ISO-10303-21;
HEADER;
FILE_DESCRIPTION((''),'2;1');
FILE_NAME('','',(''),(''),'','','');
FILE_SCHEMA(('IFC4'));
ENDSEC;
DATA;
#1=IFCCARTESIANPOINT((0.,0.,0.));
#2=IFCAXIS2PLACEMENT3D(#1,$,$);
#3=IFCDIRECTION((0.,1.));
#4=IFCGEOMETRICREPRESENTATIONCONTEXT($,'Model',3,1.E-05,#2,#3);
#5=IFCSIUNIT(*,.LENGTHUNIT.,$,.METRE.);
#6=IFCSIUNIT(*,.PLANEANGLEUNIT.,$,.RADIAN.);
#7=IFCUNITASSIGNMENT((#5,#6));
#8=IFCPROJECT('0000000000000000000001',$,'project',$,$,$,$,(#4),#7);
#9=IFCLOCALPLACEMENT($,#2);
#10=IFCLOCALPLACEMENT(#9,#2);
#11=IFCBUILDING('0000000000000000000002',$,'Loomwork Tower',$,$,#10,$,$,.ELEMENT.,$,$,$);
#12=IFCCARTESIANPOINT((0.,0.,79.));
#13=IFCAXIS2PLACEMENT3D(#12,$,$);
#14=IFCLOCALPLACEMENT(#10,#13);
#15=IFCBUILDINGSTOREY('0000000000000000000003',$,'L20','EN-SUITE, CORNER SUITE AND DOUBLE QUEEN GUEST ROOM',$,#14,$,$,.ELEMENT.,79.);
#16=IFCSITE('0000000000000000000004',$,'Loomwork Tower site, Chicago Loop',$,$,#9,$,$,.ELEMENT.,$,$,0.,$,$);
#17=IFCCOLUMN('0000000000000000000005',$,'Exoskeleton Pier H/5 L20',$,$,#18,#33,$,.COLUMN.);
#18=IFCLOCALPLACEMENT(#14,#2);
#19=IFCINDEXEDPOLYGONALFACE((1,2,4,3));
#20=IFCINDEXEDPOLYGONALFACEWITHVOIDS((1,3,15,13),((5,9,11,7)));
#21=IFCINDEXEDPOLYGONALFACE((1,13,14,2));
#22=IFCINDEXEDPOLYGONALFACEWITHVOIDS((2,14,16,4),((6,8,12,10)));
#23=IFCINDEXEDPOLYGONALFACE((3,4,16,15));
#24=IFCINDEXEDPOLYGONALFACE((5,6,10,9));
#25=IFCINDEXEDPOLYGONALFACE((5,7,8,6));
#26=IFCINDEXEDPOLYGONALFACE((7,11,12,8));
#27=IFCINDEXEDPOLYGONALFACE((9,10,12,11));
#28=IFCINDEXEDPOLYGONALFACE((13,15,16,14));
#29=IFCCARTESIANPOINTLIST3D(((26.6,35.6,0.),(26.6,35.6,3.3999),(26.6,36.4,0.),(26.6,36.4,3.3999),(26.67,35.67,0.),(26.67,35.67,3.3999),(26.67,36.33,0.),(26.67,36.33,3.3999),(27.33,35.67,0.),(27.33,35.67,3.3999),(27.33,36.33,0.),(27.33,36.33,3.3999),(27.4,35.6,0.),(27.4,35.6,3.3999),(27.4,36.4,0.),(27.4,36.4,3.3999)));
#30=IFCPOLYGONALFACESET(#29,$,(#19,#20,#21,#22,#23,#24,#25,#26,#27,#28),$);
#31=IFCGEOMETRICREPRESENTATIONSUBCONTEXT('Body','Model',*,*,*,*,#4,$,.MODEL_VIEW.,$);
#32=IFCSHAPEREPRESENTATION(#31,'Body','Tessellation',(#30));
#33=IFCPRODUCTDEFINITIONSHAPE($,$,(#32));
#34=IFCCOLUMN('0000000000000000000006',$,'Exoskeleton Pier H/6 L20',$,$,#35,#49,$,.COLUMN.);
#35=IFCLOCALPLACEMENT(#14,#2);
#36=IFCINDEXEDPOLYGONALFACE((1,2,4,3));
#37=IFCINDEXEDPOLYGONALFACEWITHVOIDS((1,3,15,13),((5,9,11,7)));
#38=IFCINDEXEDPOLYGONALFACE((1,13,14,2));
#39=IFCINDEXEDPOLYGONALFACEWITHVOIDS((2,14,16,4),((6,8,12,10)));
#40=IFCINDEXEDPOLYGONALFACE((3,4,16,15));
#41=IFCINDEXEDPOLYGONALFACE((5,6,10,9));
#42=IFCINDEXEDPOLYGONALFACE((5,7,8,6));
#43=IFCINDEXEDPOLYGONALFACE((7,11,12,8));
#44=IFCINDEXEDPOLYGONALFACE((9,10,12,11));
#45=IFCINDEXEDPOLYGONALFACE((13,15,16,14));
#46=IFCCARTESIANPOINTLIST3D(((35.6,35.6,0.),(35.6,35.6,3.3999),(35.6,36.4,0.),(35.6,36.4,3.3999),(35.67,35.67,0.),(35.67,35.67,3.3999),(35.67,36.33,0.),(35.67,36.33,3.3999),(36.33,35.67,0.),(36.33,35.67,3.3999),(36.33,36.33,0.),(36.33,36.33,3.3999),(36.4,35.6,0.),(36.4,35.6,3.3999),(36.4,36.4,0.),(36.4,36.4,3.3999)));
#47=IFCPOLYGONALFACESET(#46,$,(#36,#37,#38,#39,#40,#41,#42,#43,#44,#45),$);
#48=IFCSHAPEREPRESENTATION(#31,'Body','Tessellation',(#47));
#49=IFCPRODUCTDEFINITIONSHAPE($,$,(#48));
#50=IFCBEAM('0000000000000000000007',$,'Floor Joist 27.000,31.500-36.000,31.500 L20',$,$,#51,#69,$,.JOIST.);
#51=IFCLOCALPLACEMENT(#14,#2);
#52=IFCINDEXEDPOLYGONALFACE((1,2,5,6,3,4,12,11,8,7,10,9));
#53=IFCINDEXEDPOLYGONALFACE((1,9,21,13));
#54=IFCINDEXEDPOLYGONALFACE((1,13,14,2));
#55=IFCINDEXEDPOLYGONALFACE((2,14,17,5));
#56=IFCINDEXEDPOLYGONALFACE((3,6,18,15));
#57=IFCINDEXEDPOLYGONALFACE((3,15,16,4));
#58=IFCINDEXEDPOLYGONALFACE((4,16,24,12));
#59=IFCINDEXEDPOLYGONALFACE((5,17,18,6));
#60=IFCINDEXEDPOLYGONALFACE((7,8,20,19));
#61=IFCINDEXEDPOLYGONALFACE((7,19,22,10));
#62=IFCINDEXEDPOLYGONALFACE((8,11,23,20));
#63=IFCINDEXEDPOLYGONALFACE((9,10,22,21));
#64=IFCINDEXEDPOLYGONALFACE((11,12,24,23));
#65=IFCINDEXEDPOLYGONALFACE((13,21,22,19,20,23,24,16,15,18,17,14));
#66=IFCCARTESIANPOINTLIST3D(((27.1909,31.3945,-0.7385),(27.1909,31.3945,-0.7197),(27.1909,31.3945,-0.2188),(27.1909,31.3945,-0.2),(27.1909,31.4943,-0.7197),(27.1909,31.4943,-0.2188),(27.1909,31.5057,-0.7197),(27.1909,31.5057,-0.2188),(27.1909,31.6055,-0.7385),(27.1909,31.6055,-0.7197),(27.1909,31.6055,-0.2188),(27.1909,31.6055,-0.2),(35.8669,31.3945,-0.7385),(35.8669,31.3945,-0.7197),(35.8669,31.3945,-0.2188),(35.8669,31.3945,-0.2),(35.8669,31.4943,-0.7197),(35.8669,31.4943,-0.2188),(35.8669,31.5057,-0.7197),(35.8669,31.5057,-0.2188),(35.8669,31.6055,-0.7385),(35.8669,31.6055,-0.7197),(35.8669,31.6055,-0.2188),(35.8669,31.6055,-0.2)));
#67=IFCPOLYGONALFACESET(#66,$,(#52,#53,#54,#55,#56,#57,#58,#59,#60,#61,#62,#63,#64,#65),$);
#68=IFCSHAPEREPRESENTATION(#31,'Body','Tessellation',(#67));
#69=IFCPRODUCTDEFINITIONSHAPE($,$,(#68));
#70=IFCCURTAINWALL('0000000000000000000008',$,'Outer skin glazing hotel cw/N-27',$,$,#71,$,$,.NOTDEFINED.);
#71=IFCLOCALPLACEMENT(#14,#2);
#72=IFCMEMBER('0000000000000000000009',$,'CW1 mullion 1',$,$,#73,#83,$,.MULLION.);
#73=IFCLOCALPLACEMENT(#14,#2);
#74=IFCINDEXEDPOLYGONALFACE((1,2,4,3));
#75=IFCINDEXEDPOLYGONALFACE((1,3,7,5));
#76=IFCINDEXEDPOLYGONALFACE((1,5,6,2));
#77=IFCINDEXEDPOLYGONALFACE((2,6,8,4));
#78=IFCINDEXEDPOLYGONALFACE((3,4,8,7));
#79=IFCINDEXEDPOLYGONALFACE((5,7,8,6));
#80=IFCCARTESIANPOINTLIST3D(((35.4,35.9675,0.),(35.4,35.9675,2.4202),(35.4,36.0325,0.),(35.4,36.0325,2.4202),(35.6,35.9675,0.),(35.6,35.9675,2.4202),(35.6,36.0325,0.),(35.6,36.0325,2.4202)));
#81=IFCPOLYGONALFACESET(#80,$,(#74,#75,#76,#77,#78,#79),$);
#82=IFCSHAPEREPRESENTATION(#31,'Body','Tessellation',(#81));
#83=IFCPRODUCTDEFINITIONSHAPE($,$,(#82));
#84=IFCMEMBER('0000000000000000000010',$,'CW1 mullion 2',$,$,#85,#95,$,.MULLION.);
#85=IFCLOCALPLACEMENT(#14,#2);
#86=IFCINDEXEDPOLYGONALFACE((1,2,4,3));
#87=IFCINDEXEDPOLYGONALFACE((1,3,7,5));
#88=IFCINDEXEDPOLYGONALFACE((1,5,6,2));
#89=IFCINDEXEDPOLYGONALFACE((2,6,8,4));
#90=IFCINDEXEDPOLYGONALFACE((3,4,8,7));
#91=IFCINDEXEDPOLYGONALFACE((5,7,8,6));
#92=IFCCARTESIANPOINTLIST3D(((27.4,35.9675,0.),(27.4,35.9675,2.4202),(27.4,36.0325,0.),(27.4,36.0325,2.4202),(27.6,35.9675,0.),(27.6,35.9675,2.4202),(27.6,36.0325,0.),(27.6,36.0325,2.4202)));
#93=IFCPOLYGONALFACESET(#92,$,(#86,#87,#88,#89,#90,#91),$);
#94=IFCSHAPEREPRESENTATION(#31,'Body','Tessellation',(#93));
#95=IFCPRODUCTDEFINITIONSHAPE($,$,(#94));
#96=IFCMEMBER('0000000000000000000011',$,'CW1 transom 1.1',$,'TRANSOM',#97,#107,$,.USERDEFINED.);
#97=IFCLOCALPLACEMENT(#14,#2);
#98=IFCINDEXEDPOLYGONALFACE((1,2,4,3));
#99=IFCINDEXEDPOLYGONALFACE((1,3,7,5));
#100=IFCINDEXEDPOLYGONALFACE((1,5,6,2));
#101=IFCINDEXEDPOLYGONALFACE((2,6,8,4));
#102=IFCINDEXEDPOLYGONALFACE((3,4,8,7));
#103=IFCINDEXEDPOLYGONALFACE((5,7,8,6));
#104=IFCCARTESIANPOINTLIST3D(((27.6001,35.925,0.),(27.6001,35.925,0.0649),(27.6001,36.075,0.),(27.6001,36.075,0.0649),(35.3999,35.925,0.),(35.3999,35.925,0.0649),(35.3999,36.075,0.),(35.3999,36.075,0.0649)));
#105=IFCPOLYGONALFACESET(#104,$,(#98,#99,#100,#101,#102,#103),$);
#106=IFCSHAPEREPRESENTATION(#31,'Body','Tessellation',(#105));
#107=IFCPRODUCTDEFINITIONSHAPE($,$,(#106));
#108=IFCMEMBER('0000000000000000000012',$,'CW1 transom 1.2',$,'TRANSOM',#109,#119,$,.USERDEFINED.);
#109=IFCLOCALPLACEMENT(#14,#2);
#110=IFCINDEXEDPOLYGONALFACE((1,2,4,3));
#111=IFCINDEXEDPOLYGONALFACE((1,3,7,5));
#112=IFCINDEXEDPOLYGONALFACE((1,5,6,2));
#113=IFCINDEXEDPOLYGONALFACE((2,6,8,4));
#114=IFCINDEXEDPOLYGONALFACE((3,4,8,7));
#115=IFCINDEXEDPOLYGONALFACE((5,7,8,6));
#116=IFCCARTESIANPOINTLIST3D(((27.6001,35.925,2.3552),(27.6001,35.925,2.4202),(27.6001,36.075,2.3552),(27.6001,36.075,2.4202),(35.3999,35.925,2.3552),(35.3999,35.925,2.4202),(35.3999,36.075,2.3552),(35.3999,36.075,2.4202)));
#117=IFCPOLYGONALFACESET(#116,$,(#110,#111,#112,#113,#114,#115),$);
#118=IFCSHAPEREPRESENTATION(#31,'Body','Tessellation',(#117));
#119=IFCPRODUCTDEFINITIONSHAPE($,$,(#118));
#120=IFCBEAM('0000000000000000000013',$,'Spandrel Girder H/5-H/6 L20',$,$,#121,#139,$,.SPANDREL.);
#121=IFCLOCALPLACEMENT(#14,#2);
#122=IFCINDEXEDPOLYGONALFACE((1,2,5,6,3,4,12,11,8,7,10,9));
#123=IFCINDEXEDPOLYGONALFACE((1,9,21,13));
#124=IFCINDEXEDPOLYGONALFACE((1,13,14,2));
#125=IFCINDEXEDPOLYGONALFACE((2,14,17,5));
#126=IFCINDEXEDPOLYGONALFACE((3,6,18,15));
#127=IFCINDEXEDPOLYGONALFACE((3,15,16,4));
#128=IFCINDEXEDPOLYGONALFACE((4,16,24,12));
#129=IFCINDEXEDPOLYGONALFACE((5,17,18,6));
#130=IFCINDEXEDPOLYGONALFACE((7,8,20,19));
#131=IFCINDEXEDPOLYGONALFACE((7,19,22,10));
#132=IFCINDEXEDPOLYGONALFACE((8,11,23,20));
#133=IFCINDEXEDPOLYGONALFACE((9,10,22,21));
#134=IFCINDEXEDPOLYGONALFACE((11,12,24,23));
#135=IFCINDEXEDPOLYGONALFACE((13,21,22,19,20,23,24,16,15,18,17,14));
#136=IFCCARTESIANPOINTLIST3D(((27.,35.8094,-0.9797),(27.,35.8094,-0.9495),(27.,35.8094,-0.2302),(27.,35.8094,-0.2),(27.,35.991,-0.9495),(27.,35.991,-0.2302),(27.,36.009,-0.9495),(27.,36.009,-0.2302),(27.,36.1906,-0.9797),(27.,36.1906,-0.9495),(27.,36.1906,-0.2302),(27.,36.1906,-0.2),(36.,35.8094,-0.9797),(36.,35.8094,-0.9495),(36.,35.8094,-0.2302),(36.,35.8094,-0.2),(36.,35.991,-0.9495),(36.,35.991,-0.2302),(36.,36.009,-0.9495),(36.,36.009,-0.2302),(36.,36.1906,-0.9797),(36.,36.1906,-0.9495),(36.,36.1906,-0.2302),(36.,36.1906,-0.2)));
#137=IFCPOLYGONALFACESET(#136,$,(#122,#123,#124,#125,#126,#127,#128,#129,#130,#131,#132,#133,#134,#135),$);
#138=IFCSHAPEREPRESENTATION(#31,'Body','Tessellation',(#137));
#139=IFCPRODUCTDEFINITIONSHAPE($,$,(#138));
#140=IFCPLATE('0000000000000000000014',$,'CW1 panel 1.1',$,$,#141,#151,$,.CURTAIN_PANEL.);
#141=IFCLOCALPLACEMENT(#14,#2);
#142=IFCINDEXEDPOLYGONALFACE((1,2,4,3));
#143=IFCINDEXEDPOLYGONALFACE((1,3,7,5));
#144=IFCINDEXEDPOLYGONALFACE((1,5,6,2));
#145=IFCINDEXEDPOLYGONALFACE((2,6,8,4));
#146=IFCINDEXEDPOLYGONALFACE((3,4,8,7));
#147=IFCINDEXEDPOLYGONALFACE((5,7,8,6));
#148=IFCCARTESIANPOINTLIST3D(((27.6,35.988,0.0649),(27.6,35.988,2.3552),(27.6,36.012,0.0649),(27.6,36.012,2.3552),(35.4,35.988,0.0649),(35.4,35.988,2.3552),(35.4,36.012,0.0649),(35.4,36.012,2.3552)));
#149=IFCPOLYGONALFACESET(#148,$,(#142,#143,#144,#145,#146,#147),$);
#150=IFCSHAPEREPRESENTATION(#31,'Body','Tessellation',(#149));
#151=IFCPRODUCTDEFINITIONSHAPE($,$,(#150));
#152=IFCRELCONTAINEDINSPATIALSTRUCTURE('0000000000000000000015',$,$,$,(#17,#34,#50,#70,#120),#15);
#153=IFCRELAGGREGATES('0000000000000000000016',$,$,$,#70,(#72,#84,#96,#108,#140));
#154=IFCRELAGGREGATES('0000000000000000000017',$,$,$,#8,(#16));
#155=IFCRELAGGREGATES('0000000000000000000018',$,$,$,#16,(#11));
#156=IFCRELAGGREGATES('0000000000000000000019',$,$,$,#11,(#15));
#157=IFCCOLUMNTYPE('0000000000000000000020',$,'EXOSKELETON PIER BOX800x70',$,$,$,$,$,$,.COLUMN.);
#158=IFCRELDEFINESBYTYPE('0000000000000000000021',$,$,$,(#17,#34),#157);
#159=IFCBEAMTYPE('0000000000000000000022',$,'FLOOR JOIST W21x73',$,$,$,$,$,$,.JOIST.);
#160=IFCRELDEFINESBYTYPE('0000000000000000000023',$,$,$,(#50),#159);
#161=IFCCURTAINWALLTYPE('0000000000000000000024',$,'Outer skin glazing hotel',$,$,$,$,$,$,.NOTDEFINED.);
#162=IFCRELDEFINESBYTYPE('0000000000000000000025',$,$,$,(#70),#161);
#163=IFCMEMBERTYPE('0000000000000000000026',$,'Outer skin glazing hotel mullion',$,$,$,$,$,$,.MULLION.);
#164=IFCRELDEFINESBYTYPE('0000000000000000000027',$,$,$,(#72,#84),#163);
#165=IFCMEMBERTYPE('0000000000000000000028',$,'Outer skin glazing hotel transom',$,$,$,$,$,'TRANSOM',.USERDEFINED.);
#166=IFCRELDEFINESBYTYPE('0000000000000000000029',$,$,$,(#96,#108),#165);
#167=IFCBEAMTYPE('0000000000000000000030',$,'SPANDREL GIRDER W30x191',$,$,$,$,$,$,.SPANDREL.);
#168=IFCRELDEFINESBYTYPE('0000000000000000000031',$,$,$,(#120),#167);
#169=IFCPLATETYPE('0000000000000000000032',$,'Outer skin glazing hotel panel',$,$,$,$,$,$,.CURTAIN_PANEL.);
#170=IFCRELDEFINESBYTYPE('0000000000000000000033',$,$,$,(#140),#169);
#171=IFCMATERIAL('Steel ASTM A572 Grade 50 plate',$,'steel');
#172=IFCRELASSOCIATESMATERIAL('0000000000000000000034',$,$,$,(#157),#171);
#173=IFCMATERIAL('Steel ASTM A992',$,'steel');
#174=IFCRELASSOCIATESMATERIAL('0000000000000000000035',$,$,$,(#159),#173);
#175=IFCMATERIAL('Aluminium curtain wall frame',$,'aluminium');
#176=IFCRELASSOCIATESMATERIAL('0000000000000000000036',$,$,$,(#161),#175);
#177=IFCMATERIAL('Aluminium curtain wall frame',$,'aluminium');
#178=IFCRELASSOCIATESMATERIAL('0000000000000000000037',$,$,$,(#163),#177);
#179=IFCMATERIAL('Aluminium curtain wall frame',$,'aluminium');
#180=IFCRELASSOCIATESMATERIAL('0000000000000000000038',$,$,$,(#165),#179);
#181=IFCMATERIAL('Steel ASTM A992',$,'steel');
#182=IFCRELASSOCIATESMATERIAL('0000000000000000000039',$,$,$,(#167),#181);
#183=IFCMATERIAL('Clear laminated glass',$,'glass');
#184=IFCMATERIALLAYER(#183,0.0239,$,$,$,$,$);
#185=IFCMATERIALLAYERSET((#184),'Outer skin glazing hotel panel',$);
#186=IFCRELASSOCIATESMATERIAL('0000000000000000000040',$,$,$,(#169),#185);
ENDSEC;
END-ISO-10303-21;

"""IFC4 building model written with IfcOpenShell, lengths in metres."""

from ifc_helpers import new_model, si_unit, direction, frame, origin, origin_2d, place, context, subcontext, project, spatial, rectangle, hollow_rectangle, i_section, extrude, material, layer, layer_set, material_profile, profile_set, type_object, element, aggregate, save


model = new_model("IFC4")

# Units and contexts
model_context = context("Model", 3, precision=1e-05, world=origin(), true_north=direction((0.0, 1.0)))
body_context = subcontext(model_context, "Body", "Model", "MODEL_VIEW")
ifc_project = project(units=[si_unit("LENGTHUNIT", "METRE"), si_unit("PLANEANGLEUNIT", "RADIAN")], contexts=[model_context])

# Site, building, storey
site_placement = place(None, origin())
site = spatial("IfcSite", under=ifc_project, at=site_placement, Name="Loomwork Tower site, Chicago Loop", CompositionType="ELEMENT", RefElevation=0.0)
building_placement = place(site_placement, origin())
building = spatial("IfcBuilding", under=site, at=building_placement, Name="Loomwork Tower", CompositionType="ELEMENT")
storey_placement = place(building_placement, frame((0.0, 0.0, 79.0)))
storey = spatial("IfcBuildingStorey", under=building, at=storey_placement, Name="L20", Description="EN-SUITE, CORNER SUITE AND DOUBLE QUEEN GUEST ROOM", CompositionType="ELEMENT", Elevation=79.0)

# Columns
ifc_material_1 = material(Name="Steel ASTM A572 Grade 50 plate", Category="steel")
ifc_material_profile_1 = material_profile(ifc_material_1, hollow_rectangle(XDim=0.8, YDim=0.8, WallThickness=0.0701, at=origin_2d()), Name="BOX800x70")
ifc_profile_set_1 = profile_set([ifc_material_profile_1], Name="Steel ASTM A572 Grade 50 plate")
column_type = type_object("IfcColumnType", Name="EXOSKELETON PIER BOX800x70", PredefinedType="COLUMN", material=ifc_profile_set_1)
for number, where, z_axis, x_axis, name in (
    (1, (27.0, 36.0, 0.0), (0.0, 0.0, 1.0), (1.0, 0.0, 0.0), "Exoskeleton Pier H/5 L20"),
    (2, (36.0, 36.0, 0.0), (0.0, 0.0, 1.0), (1.0, 0.0, 0.0), "Exoskeleton Pier H/6 L20"),
):
    element("IfcColumn", number, at=place(storey_placement, frame(where, z_axis=z_axis, x_axis=x_axis)), inside=storey, type_object=column_type, Name=name, PredefinedType="COLUMN", context=body_context, shape_type="SweptSolid", body=[
        extrude(hollow_rectangle(XDim=0.8, YDim=0.8, WallThickness=0.0701, at=origin_2d()), origin(), (0.0, 0.0, 1.0), 3.3999),
    ])

# Beam
ifc_material_2 = material(Name="Steel ASTM A992", Category="steel")
ifc_material_profile_2 = material_profile(ifc_material_2, i_section(OverallWidth=0.2109, OverallDepth=0.5386, WebThickness=0.0115, FlangeThickness=0.0188, at=origin_2d()), Name="W21x73")
ifc_profile_set_2 = profile_set([ifc_material_profile_2], Name="Steel ASTM A992")
beam_type_1 = type_object("IfcBeamType", Name="FLOOR JOIST W21x73", PredefinedType="JOIST", material=ifc_profile_set_2)
beam_1_placement = place(storey_placement, frame((27.1909, 31.5, -0.4692), z_axis=(1.0, 0.0, 0.0), x_axis=(0.0, 1.0, 0.0)))
element("IfcBeam", 3, at=beam_1_placement, inside=storey, type_object=beam_type_1, Name="Floor Joist 27.000,31.500-36.000,31.500 L20", PredefinedType="JOIST", context=body_context, shape_type="SweptSolid", body=[
    extrude(i_section(OverallWidth=0.2109, OverallDepth=0.5386, WebThickness=0.0115, FlangeThickness=0.0188, at=origin_2d()), origin(), (0.0, 0.0, 1.0), 8.676),
])

# Curtain wall, members
ifc_material_3 = material(Name="Aluminium curtain wall frame", Category="aluminium")
curtain_wall_type = type_object("IfcCurtainWallType", Name="Outer skin glazing hotel", PredefinedType="NOTDEFINED", material=ifc_material_3)
curtain_wall_placement = place(storey_placement, origin())
curtain_wall = element("IfcCurtainWall", 4, at=curtain_wall_placement, inside=storey, type_object=curtain_wall_type, Name="Outer skin glazing hotel cw/N-27", PredefinedType="NOTDEFINED")
ifc_material_4 = material(Name="Aluminium curtain wall frame", Category="aluminium")
ifc_material_profile_3 = material_profile(ifc_material_4, rectangle(XDim=0.0649, YDim=0.2, at=origin_2d()), Name="AL 65x200")
ifc_profile_set_3 = profile_set([ifc_material_profile_3], Name="Aluminium curtain wall frame")
member_type_1 = type_object("IfcMemberType", Name="Outer skin glazing hotel mullion", PredefinedType="MULLION", material=ifc_profile_set_3)
member_1_placement = place(storey_placement, frame((35.5, 36.0, 0.0), z_axis=(0.0, 0.0, 1.0), x_axis=(0.0, -1.0, 0.0)))
member_1 = element("IfcMember", 5, at=member_1_placement, type_object=member_type_1, Name="CW1 mullion 1", PredefinedType="MULLION", context=body_context, shape_type="SweptSolid", body=[
    extrude(rectangle(XDim=0.0649, YDim=0.2, at=origin_2d()), origin(), (0.0, 0.0, 1.0), 2.4202),
])
member_2_placement = place(storey_placement, frame((27.5, 36.0, 0.0), z_axis=(0.0, 0.0, 1.0), x_axis=(0.0, -1.0, 0.0)))
member_2 = element("IfcMember", 6, at=member_2_placement, type_object=member_type_1, Name="CW1 mullion 2", PredefinedType="MULLION", context=body_context, shape_type="SweptSolid", body=[
    extrude(rectangle(XDim=0.0649, YDim=0.2, at=origin_2d()), origin(), (0.0, 0.0, 1.0), 2.4202),
])
ifc_material_5 = material(Name="Aluminium curtain wall frame", Category="aluminium")
ifc_material_profile_4 = material_profile(ifc_material_5, rectangle(XDim=0.1499, YDim=0.0649, at=origin_2d()), Name="AL 65x150")
ifc_profile_set_4 = profile_set([ifc_material_profile_4], Name="Aluminium curtain wall frame")
member_type_2 = type_object("IfcMemberType", Name="Outer skin glazing hotel transom", ElementType="TRANSOM", PredefinedType="USERDEFINED", material=ifc_profile_set_4)
member_3_placement = place(storey_placement, frame((35.3999, 36.0, 0.0325), z_axis=(-1.0, 0.0, 0.0), x_axis=(0.0, -1.0, 0.0)))
member_3 = element("IfcMember", 7, at=member_3_placement, type_object=member_type_2, Name="CW1 transom 1.1", ObjectType="TRANSOM", PredefinedType="USERDEFINED", context=body_context, shape_type="SweptSolid", body=[
    extrude(rectangle(XDim=0.1499, YDim=0.0649, at=origin_2d()), origin(), (0.0, 0.0, 1.0), 7.7998),
])
member_4_placement = place(storey_placement, frame((35.3999, 36.0, 2.3877), z_axis=(-1.0, 0.0, 0.0), x_axis=(0.0, -1.0, 0.0)))
member_4 = element("IfcMember", 8, at=member_4_placement, type_object=member_type_2, Name="CW1 transom 1.2", ObjectType="TRANSOM", PredefinedType="USERDEFINED", context=body_context, shape_type="SweptSolid", body=[
    extrude(rectangle(XDim=0.1499, YDim=0.0649, at=origin_2d()), origin(), (0.0, 0.0, 1.0), 7.7998),
])

# Beam
ifc_material_6 = material(Name="Steel ASTM A992", Category="steel")
ifc_material_profile_5 = material_profile(ifc_material_6, i_section(OverallWidth=0.3811, OverallDepth=0.7798, WebThickness=0.0181, FlangeThickness=0.0303, at=origin_2d()), Name="W30x191")
ifc_profile_set_5 = profile_set([ifc_material_profile_5], Name="Steel ASTM A992")
beam_type_2 = type_object("IfcBeamType", Name="SPANDREL GIRDER W30x191", PredefinedType="SPANDREL", material=ifc_profile_set_5)
beam_2_placement = place(storey_placement, frame((27.0, 36.0, -0.5898), z_axis=(1.0, 0.0, 0.0), x_axis=(0.0, 1.0, 0.0)))
element("IfcBeam", 9, at=beam_2_placement, inside=storey, type_object=beam_type_2, Name="Spandrel Girder H/5-H/6 L20", PredefinedType="SPANDREL", context=body_context, shape_type="SweptSolid", body=[
    extrude(i_section(OverallWidth=0.3811, OverallDepth=0.7798, WebThickness=0.0181, FlangeThickness=0.0303, at=origin_2d()), origin(), (0.0, 0.0, 1.0), 9.0),
])

# Plate
ifc_material_7 = material(Name="Clear laminated glass", Category="glass")
ifc_layer_1 = layer(ifc_material_7, 0.0239)
ifc_layer_set_1 = layer_set([ifc_layer_1], Name="Outer skin glazing hotel panel")
plate_type = type_object("IfcPlateType", Name="Outer skin glazing hotel panel", PredefinedType="CURTAIN_PANEL", material=ifc_layer_set_1)
plate_placement = place(storey_placement, frame((31.5, 36.0, 0.0649), z_axis=(0.0, 0.0, 1.0), x_axis=(-1.0, 0.0, 0.0)))
plate = element("IfcPlate", 10, at=plate_placement, type_object=plate_type, Name="CW1 panel 1.1", PredefinedType="CURTAIN_PANEL", context=body_context, shape_type="SweptSolid", body=[
    extrude(rectangle(XDim=7.8, YDim=0.0239, at=origin_2d()), origin(), (0.0, 0.0, 1.0), 2.2903),
])
aggregate(curtain_wall, [member_1, member_2, member_3, member_4, plate])

save(model, "model.ifc")
